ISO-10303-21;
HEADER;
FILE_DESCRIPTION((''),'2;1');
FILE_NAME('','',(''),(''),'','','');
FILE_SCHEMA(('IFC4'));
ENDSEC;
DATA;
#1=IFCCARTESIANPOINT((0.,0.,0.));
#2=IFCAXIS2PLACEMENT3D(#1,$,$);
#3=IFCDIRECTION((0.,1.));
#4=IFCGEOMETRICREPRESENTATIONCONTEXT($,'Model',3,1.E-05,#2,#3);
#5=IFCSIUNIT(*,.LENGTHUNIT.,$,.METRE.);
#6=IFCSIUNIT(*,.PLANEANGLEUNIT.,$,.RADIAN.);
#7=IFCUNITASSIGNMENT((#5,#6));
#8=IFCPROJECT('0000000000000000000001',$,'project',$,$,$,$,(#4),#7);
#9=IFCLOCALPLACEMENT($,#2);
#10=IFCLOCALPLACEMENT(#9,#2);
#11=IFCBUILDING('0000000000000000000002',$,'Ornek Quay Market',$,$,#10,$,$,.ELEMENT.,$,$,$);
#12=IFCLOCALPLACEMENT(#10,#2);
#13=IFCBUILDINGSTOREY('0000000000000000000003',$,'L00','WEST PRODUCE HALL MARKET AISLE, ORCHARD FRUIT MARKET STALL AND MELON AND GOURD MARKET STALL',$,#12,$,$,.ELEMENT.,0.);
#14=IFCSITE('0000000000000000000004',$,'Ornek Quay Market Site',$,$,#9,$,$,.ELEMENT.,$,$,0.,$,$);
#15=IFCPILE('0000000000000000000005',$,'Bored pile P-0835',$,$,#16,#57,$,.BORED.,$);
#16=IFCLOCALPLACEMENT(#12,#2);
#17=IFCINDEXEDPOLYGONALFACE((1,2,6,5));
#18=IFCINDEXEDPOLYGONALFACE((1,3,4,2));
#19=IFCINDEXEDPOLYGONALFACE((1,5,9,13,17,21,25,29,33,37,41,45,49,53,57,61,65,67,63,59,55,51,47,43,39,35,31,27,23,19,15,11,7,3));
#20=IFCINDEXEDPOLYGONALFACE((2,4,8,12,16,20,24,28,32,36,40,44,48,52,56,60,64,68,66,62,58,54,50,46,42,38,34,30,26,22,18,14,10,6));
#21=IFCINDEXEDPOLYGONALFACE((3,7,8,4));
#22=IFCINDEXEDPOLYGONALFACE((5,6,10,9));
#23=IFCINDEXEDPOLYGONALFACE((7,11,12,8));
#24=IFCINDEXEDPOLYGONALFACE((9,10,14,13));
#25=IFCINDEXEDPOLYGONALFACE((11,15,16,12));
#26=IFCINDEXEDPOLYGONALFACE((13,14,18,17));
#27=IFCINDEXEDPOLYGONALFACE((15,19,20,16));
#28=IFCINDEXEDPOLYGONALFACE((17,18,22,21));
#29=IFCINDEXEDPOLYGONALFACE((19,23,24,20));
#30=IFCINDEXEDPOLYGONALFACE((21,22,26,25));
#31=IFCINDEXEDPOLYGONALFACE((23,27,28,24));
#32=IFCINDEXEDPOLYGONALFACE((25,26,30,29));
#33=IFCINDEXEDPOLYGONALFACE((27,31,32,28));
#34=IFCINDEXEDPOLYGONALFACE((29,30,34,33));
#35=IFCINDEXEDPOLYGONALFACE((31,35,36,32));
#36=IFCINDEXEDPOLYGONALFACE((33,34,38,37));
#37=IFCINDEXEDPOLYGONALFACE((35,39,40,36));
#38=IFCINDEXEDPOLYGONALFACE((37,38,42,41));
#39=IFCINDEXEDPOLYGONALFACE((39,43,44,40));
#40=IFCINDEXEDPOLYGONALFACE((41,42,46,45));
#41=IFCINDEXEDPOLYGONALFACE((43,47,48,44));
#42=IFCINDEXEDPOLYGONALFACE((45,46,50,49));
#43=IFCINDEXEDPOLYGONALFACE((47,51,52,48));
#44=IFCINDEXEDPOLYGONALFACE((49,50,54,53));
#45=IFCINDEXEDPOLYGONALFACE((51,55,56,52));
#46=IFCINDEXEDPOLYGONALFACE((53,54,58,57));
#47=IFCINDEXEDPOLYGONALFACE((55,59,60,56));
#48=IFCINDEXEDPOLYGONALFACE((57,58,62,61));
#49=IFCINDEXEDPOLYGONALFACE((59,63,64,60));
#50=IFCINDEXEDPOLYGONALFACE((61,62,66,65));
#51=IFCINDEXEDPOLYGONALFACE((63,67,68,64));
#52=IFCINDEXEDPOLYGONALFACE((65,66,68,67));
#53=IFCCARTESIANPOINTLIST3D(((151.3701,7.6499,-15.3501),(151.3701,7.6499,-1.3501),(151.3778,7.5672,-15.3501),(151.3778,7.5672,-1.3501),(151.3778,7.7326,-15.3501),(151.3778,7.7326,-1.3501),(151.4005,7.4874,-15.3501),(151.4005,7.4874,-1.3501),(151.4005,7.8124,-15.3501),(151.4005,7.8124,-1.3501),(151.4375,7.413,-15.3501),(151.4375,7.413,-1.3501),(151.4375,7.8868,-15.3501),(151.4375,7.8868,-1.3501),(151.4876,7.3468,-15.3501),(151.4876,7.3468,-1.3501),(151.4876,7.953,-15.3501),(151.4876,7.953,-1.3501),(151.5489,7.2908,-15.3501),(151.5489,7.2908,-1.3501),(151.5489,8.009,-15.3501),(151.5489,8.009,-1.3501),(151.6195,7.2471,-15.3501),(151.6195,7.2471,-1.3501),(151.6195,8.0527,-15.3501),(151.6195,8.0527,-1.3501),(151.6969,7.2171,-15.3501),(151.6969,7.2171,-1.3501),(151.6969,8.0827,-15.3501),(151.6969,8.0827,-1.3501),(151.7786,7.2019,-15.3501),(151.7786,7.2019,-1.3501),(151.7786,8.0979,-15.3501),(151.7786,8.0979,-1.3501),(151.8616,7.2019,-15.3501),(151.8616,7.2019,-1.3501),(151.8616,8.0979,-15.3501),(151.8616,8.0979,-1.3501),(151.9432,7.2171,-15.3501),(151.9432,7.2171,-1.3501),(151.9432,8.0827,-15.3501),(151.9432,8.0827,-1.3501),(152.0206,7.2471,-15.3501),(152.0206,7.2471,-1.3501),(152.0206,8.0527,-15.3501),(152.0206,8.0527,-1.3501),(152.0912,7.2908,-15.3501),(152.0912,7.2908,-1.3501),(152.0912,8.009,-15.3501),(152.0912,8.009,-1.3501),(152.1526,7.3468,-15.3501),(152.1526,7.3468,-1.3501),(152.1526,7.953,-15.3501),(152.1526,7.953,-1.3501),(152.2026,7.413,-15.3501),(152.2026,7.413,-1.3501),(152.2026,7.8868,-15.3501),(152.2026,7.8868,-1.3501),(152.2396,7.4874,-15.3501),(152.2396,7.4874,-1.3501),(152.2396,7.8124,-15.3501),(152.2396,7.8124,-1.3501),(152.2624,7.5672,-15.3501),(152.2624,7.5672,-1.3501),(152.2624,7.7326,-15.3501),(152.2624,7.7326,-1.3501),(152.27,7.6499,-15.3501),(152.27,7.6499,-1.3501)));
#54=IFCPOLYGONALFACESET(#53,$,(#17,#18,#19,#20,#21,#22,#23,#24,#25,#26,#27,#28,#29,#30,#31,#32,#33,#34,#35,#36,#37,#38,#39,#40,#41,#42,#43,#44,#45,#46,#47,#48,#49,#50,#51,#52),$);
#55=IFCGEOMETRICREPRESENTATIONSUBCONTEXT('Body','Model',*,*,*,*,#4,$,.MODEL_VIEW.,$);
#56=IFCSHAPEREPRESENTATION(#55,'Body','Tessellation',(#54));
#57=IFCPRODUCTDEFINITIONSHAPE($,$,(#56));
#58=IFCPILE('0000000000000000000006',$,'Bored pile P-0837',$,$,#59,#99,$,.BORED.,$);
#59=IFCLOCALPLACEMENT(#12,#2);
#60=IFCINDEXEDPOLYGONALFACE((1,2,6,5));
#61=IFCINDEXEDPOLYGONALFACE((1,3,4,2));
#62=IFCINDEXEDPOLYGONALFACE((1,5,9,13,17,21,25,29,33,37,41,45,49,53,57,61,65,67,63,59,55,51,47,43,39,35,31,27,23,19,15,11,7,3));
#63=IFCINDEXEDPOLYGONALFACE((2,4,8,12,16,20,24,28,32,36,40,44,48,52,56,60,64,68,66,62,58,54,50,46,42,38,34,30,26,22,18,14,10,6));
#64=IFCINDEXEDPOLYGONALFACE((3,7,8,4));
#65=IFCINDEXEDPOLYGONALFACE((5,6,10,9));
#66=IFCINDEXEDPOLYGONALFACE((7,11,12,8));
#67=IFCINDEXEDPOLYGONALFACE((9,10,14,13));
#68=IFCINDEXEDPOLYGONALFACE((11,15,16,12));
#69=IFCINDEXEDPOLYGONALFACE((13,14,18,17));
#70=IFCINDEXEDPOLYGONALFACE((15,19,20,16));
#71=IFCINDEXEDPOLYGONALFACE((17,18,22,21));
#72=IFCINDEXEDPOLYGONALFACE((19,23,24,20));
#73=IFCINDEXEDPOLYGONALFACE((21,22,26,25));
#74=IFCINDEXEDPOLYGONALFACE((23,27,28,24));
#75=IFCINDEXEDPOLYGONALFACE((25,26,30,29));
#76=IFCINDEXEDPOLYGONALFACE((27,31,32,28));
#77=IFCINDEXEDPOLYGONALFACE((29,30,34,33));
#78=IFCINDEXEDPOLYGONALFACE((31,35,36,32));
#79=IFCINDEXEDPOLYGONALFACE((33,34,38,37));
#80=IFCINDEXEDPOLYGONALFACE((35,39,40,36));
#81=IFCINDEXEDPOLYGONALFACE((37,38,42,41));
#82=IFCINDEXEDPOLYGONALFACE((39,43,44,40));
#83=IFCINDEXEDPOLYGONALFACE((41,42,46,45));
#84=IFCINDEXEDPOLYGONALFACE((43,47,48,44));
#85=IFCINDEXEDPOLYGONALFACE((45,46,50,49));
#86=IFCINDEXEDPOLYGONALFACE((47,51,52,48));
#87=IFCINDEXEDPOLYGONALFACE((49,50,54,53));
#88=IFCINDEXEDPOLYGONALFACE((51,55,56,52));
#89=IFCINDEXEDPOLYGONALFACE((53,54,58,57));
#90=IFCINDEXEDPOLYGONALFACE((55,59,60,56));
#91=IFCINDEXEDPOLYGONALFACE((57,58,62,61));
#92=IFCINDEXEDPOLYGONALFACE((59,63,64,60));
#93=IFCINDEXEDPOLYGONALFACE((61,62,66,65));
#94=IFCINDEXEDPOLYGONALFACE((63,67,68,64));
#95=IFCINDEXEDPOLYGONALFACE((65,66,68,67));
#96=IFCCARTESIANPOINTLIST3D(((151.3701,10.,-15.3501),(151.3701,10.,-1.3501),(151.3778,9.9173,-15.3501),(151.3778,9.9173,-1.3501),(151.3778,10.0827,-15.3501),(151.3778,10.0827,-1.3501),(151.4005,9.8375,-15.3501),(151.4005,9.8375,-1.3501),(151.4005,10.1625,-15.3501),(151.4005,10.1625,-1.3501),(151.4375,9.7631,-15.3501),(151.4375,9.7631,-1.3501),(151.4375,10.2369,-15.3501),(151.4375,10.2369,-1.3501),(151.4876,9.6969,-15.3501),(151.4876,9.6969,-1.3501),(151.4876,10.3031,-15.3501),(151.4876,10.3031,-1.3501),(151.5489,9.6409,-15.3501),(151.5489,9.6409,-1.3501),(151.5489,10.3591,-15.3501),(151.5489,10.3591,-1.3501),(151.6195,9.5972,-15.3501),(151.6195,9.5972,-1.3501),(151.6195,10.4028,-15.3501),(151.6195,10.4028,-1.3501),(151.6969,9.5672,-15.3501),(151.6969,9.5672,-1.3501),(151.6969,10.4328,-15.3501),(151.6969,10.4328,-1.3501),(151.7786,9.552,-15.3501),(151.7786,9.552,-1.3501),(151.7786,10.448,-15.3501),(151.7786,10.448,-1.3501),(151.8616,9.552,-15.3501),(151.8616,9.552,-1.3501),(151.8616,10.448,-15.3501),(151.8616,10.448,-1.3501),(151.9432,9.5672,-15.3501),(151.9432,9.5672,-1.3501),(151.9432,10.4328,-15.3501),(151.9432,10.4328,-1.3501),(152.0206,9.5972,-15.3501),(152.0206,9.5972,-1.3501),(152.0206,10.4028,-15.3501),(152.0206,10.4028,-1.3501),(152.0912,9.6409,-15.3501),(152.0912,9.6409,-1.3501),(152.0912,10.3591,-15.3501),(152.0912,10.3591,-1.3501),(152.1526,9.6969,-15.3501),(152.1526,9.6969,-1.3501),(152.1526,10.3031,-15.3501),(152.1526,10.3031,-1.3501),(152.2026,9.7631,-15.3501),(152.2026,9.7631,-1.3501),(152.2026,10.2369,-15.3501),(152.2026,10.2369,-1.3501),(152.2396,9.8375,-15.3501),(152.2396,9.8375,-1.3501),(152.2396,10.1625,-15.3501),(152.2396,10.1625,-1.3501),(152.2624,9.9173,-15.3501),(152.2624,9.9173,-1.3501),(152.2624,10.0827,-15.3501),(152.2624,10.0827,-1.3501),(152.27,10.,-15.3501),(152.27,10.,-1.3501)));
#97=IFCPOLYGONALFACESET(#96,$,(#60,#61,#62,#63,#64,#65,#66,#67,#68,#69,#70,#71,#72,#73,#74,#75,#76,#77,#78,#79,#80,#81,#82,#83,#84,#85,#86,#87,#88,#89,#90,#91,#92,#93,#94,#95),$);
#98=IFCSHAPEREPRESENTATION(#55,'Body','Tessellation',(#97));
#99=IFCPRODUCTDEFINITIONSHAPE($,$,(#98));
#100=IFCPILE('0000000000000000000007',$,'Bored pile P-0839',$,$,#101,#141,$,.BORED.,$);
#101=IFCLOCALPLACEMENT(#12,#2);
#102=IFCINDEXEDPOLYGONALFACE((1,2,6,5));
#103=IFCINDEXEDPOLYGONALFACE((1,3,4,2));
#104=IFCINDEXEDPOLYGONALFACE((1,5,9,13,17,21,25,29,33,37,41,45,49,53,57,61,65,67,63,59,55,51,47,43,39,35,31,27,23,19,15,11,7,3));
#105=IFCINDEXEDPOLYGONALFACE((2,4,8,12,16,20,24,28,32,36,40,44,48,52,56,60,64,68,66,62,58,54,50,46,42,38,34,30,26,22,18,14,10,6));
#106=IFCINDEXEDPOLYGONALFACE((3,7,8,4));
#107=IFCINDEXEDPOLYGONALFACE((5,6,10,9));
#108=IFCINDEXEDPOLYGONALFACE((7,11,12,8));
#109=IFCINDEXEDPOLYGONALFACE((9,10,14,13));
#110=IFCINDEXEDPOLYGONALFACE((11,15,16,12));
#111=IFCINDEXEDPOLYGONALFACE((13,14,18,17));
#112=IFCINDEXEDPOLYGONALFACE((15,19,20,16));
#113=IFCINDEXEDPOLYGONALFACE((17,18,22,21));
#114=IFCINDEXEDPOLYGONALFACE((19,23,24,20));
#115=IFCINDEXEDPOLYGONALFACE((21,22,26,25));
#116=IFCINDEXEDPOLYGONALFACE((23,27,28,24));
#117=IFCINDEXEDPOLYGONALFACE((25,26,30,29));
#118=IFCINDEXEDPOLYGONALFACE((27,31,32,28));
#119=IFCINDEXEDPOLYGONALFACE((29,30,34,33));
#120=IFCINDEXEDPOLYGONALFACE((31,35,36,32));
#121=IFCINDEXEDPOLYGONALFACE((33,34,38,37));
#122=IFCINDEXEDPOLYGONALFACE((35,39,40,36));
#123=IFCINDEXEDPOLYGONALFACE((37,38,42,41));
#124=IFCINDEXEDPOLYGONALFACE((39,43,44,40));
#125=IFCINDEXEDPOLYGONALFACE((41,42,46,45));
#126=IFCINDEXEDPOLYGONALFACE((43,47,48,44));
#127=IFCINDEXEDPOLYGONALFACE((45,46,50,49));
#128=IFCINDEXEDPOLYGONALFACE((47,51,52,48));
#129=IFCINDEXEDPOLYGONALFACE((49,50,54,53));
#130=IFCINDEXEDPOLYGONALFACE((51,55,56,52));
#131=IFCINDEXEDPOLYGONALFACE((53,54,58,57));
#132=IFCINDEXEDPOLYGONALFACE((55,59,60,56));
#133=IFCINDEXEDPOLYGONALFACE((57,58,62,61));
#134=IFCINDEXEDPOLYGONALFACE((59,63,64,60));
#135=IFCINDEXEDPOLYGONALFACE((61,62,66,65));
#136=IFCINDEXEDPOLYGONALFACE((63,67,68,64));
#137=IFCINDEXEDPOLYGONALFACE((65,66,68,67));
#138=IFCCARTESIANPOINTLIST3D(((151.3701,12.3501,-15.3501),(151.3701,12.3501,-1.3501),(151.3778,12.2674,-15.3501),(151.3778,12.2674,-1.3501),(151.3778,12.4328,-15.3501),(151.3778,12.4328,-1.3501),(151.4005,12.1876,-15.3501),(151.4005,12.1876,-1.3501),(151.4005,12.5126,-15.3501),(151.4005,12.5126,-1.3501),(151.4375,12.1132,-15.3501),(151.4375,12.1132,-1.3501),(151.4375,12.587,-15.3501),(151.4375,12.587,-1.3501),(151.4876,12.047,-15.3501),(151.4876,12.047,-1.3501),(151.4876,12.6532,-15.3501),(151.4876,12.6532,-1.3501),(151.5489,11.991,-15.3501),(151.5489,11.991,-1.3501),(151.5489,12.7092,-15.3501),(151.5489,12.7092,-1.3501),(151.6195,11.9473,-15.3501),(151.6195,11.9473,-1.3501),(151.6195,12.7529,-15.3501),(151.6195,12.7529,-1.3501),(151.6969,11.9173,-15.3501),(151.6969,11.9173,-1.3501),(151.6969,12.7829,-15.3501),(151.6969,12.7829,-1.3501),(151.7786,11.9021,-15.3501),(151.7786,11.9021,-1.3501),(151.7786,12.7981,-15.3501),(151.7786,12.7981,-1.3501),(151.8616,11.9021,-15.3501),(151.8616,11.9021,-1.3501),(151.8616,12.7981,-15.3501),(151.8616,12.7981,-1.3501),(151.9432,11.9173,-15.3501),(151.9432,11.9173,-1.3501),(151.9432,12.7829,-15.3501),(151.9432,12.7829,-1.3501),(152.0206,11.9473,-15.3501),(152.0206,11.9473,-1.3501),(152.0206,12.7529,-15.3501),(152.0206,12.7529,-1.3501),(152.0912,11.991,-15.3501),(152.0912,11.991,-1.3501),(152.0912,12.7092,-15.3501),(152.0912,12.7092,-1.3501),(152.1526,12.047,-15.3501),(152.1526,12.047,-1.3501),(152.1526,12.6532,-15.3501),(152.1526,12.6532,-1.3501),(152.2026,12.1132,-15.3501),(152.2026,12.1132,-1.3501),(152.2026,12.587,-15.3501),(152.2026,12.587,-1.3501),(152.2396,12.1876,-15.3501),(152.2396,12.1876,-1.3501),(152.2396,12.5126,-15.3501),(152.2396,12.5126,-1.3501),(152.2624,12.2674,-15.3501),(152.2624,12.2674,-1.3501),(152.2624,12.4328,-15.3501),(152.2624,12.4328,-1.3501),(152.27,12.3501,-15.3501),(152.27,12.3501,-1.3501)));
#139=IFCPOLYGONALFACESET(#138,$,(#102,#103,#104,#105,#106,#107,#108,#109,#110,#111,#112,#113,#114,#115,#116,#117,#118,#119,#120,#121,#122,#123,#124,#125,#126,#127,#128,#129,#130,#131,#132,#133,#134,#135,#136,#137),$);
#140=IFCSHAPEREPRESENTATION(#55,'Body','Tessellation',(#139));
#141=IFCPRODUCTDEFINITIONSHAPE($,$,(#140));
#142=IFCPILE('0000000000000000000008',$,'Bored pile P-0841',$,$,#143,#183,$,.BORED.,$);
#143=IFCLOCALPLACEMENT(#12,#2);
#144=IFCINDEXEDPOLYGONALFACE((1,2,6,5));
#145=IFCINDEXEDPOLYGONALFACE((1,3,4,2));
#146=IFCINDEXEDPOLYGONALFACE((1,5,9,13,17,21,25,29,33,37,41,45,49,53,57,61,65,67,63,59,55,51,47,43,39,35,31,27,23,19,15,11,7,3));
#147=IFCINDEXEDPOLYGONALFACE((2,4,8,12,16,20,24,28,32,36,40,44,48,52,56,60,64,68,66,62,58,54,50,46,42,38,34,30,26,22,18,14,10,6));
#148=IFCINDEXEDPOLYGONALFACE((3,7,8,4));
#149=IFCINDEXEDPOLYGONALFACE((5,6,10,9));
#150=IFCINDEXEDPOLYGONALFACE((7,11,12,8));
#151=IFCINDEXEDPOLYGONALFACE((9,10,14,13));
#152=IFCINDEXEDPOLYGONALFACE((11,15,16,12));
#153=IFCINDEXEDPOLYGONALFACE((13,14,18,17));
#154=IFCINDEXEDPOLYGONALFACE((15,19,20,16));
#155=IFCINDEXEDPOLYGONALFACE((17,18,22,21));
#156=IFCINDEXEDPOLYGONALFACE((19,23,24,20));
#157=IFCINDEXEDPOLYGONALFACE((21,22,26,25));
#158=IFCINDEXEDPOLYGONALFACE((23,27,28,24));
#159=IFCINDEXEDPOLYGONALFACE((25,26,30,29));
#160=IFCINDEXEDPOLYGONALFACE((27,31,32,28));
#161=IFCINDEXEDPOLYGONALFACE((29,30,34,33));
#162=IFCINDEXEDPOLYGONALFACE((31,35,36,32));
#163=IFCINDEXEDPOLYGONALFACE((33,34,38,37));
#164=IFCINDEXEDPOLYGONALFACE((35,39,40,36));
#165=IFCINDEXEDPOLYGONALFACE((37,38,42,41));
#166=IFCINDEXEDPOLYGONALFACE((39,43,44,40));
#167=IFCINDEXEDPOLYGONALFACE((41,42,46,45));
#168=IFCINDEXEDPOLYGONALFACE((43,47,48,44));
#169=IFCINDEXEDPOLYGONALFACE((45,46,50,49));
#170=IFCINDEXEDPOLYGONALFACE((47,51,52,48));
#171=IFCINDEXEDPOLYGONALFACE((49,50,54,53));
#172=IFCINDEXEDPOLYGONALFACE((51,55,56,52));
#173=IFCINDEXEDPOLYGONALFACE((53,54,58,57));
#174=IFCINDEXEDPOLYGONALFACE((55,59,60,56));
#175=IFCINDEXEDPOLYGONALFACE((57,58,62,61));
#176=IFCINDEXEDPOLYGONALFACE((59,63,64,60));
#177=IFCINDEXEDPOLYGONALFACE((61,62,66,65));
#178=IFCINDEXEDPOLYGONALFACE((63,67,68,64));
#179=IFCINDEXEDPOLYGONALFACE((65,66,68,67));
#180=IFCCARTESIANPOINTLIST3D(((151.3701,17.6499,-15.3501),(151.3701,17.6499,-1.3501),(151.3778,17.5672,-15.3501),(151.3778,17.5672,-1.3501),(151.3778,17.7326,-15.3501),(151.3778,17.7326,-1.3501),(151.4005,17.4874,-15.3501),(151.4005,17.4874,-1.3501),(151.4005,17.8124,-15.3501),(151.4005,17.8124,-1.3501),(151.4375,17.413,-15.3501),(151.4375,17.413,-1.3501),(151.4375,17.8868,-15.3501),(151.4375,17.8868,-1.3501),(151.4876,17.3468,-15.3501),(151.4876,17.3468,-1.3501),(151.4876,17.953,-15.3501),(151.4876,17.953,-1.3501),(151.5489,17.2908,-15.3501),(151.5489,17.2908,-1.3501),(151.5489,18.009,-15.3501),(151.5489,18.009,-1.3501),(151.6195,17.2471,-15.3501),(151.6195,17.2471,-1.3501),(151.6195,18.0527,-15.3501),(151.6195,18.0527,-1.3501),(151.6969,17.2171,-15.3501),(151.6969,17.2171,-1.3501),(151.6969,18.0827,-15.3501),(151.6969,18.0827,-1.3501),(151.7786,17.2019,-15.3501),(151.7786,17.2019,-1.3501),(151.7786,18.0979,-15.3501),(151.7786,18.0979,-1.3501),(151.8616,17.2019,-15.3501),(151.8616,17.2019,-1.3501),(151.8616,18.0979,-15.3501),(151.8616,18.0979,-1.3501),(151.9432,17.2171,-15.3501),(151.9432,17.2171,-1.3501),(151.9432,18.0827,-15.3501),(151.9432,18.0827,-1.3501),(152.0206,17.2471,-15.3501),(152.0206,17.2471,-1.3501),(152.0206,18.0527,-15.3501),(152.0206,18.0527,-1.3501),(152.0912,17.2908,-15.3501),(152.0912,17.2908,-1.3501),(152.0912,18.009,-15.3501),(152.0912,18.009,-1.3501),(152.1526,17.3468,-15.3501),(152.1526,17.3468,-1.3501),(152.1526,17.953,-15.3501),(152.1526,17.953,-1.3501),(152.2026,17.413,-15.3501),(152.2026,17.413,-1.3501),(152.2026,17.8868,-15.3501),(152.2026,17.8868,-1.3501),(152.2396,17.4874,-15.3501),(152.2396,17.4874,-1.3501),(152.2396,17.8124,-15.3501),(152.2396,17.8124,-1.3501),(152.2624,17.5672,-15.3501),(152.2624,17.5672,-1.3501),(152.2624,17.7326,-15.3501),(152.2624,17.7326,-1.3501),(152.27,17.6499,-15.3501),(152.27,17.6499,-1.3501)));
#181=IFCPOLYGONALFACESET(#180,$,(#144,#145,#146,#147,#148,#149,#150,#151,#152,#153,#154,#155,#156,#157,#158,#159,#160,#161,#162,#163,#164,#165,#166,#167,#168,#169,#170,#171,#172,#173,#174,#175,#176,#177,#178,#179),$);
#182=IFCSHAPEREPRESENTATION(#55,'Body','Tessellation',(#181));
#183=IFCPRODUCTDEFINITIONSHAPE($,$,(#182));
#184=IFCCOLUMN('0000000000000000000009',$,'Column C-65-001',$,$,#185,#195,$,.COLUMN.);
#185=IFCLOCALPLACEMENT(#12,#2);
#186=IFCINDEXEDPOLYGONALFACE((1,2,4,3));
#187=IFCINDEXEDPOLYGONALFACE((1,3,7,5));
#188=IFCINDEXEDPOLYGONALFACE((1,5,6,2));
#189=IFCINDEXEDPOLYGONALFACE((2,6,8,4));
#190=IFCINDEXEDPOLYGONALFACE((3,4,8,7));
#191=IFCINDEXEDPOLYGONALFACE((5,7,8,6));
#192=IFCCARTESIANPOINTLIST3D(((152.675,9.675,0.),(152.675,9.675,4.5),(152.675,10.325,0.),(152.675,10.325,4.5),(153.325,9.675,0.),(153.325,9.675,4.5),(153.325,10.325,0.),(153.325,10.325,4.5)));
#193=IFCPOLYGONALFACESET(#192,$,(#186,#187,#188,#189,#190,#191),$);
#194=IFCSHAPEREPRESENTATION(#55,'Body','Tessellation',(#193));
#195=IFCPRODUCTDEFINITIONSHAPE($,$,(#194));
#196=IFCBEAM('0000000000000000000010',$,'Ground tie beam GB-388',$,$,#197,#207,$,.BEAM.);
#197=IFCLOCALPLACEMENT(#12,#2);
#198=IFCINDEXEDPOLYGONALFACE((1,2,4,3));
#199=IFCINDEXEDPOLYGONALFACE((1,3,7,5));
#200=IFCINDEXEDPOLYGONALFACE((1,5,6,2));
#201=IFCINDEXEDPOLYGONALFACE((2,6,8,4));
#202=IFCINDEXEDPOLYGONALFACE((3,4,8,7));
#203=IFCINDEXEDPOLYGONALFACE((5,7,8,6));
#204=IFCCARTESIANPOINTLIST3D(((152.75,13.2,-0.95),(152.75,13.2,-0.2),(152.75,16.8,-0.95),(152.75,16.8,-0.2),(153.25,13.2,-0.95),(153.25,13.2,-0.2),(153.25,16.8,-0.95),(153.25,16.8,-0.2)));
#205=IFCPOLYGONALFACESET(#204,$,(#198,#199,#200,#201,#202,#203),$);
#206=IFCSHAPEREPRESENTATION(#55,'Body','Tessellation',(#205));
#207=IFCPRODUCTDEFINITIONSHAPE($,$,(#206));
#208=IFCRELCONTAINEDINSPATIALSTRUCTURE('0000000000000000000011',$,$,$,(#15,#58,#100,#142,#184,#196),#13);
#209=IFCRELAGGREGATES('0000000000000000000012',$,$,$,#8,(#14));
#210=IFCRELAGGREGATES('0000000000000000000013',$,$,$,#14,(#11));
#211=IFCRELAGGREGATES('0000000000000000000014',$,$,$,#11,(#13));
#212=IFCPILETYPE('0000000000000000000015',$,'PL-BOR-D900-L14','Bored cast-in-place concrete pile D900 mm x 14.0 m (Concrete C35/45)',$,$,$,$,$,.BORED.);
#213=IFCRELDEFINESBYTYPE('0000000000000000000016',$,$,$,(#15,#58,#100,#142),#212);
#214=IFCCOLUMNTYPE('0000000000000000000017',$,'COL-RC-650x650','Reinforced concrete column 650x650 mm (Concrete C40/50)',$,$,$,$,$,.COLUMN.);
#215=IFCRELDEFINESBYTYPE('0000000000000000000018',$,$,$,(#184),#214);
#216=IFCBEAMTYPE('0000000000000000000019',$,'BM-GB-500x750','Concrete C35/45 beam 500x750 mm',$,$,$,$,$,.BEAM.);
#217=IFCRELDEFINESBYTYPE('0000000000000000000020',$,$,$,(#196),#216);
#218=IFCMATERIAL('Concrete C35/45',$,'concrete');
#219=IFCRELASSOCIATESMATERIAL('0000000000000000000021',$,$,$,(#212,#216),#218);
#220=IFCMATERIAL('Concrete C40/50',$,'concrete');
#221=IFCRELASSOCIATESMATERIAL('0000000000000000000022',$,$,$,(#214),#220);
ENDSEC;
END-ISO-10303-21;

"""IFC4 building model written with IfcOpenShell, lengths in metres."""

from ifc_helpers import new_model, si_unit, direction, frame, origin, origin_2d, place, context, subcontext, project, spatial, rectangle, circle, extrude, material, material_profile, profile_set, type_object, element, save


model = new_model("IFC4")

# Units and contexts
model_context = context("Model", 3, precision=1e-05, world=origin(), true_north=direction((0.0, 1.0)))
body_context = subcontext(model_context, "Body", "Model", "MODEL_VIEW")
ifc_project = project(units=[si_unit("LENGTHUNIT", "METRE"), si_unit("PLANEANGLEUNIT", "RADIAN")], contexts=[model_context])

# Site, building, storey
site_placement = place(None, origin())
site = spatial("IfcSite", under=ifc_project, at=site_placement, Name="Ornek Quay Market Site", CompositionType="ELEMENT", RefElevation=0.0)
building_placement = place(site_placement, origin())
building = spatial("IfcBuilding", under=site, at=building_placement, Name="Ornek Quay Market", CompositionType="ELEMENT")
storey_placement = place(building_placement, origin())
storey = spatial("IfcBuildingStorey", under=building, at=storey_placement, Name="L00", Description="WEST PRODUCE HALL MARKET AISLE, ORCHARD FRUIT MARKET STALL AND MELON AND GOURD MARKET STALL", CompositionType="ELEMENT", Elevation=0.0)

# Piles
ifc_material_1 = material(Name="Concrete C35/45", Category="concrete")
ifc_material_profile_1 = material_profile(ifc_material_1, circle(Radius=0.45, at=origin_2d()), Name="PILE D900", Category="concrete")
ifc_profile_set_1 = profile_set([ifc_material_profile_1], Name="Concrete C35/45")
pile_type = type_object("IfcPileType", Name="PL-BOR-D900-L14", Description="Bored cast-in-place concrete pile D900 mm x 14.0 m (Concrete C35/45)", PredefinedType="BORED", material=ifc_profile_set_1)
for number, where, z_axis, x_axis, name in (
    (1, (151.8201, 7.6499, -1.3501), (0.0, 0.0, -1.0), (1.0, 0.0, 0.0), "Bored pile P-0835"),
    (2, (151.8201, 10.0, -1.3501), (0.0, 0.0, -1.0), (1.0, 0.0, 0.0), "Bored pile P-0837"),
    (3, (151.8201, 12.3501, -1.3501), (0.0, 0.0, -1.0), (1.0, 0.0, 0.0), "Bored pile P-0839"),
    (4, (151.8201, 17.6499, -1.3501), (0.0, 0.0, -1.0), (1.0, 0.0, 0.0), "Bored pile P-0841"),
):
    element("IfcPile", number, at=place(storey_placement, frame(where, z_axis=z_axis, x_axis=x_axis)), inside=storey, type_object=pile_type, Name=name, PredefinedType="BORED", context=body_context, shape_type="SweptSolid", body=[
        extrude(circle(Radius=0.45, at=origin_2d()), origin(), (0.0, 0.0, 1.0), 14.0),
    ])

# Column
ifc_material_2 = material(Name="Concrete C40/50", Category="concrete")
ifc_material_profile_2 = material_profile(ifc_material_2, rectangle(XDim=0.6499, YDim=0.6499, at=origin_2d()), Name="RC 650x650", Category="concrete")
ifc_profile_set_2 = profile_set([ifc_material_profile_2], Name="Concrete C40/50")
column_type = type_object("IfcColumnType", Name="COL-RC-650x650", Description="Reinforced concrete column 650x650 mm (Concrete C40/50)", PredefinedType="COLUMN", material=ifc_profile_set_2)
column_placement = place(storey_placement, frame((153.0, 10.0, 0.0), z_axis=(0.0, 0.0, 1.0), x_axis=(1.0, 0.0, 0.0)))
element("IfcColumn", 5, at=column_placement, inside=storey, type_object=column_type, Name="Column C-65-001", PredefinedType="COLUMN", context=body_context, shape_type="SweptSolid", body=[
    extrude(rectangle(XDim=0.6499, YDim=0.6499, at=origin_2d()), origin(), (0.0, 0.0, 1.0), 4.5),
])

# Beam
ifc_material_profile_3 = material_profile(ifc_material_1, rectangle(XDim=0.5, YDim=0.75, at=origin_2d()), Name="RC 500x750", Category="concrete")
ifc_profile_set_3 = profile_set([ifc_material_profile_3], Name="Concrete C35/45")
beam_type_1 = type_object("IfcBeamType", Name="BM-GB-500x750", Description="Concrete C35/45 beam 500x750 mm", PredefinedType="BEAM", material=ifc_profile_set_3)
beam_1_placement = place(storey_placement, frame((153.0, 13.2, -0.575), z_axis=(0.0, 1.0, 0.0), x_axis=(-1.0, 0.0, 0.0)))
element("IfcBeam", 6, at=beam_1_placement, inside=storey, type_object=beam_type_1, Name="Ground tie beam GB-388", PredefinedType="BEAM", context=body_context, shape_type="SweptSolid", body=[
    extrude(rectangle(XDim=0.5, YDim=0.75, at=origin_2d()), origin(), (0.0, 0.0, 1.0), 3.6001),
])

save(model, "model.ifc")
